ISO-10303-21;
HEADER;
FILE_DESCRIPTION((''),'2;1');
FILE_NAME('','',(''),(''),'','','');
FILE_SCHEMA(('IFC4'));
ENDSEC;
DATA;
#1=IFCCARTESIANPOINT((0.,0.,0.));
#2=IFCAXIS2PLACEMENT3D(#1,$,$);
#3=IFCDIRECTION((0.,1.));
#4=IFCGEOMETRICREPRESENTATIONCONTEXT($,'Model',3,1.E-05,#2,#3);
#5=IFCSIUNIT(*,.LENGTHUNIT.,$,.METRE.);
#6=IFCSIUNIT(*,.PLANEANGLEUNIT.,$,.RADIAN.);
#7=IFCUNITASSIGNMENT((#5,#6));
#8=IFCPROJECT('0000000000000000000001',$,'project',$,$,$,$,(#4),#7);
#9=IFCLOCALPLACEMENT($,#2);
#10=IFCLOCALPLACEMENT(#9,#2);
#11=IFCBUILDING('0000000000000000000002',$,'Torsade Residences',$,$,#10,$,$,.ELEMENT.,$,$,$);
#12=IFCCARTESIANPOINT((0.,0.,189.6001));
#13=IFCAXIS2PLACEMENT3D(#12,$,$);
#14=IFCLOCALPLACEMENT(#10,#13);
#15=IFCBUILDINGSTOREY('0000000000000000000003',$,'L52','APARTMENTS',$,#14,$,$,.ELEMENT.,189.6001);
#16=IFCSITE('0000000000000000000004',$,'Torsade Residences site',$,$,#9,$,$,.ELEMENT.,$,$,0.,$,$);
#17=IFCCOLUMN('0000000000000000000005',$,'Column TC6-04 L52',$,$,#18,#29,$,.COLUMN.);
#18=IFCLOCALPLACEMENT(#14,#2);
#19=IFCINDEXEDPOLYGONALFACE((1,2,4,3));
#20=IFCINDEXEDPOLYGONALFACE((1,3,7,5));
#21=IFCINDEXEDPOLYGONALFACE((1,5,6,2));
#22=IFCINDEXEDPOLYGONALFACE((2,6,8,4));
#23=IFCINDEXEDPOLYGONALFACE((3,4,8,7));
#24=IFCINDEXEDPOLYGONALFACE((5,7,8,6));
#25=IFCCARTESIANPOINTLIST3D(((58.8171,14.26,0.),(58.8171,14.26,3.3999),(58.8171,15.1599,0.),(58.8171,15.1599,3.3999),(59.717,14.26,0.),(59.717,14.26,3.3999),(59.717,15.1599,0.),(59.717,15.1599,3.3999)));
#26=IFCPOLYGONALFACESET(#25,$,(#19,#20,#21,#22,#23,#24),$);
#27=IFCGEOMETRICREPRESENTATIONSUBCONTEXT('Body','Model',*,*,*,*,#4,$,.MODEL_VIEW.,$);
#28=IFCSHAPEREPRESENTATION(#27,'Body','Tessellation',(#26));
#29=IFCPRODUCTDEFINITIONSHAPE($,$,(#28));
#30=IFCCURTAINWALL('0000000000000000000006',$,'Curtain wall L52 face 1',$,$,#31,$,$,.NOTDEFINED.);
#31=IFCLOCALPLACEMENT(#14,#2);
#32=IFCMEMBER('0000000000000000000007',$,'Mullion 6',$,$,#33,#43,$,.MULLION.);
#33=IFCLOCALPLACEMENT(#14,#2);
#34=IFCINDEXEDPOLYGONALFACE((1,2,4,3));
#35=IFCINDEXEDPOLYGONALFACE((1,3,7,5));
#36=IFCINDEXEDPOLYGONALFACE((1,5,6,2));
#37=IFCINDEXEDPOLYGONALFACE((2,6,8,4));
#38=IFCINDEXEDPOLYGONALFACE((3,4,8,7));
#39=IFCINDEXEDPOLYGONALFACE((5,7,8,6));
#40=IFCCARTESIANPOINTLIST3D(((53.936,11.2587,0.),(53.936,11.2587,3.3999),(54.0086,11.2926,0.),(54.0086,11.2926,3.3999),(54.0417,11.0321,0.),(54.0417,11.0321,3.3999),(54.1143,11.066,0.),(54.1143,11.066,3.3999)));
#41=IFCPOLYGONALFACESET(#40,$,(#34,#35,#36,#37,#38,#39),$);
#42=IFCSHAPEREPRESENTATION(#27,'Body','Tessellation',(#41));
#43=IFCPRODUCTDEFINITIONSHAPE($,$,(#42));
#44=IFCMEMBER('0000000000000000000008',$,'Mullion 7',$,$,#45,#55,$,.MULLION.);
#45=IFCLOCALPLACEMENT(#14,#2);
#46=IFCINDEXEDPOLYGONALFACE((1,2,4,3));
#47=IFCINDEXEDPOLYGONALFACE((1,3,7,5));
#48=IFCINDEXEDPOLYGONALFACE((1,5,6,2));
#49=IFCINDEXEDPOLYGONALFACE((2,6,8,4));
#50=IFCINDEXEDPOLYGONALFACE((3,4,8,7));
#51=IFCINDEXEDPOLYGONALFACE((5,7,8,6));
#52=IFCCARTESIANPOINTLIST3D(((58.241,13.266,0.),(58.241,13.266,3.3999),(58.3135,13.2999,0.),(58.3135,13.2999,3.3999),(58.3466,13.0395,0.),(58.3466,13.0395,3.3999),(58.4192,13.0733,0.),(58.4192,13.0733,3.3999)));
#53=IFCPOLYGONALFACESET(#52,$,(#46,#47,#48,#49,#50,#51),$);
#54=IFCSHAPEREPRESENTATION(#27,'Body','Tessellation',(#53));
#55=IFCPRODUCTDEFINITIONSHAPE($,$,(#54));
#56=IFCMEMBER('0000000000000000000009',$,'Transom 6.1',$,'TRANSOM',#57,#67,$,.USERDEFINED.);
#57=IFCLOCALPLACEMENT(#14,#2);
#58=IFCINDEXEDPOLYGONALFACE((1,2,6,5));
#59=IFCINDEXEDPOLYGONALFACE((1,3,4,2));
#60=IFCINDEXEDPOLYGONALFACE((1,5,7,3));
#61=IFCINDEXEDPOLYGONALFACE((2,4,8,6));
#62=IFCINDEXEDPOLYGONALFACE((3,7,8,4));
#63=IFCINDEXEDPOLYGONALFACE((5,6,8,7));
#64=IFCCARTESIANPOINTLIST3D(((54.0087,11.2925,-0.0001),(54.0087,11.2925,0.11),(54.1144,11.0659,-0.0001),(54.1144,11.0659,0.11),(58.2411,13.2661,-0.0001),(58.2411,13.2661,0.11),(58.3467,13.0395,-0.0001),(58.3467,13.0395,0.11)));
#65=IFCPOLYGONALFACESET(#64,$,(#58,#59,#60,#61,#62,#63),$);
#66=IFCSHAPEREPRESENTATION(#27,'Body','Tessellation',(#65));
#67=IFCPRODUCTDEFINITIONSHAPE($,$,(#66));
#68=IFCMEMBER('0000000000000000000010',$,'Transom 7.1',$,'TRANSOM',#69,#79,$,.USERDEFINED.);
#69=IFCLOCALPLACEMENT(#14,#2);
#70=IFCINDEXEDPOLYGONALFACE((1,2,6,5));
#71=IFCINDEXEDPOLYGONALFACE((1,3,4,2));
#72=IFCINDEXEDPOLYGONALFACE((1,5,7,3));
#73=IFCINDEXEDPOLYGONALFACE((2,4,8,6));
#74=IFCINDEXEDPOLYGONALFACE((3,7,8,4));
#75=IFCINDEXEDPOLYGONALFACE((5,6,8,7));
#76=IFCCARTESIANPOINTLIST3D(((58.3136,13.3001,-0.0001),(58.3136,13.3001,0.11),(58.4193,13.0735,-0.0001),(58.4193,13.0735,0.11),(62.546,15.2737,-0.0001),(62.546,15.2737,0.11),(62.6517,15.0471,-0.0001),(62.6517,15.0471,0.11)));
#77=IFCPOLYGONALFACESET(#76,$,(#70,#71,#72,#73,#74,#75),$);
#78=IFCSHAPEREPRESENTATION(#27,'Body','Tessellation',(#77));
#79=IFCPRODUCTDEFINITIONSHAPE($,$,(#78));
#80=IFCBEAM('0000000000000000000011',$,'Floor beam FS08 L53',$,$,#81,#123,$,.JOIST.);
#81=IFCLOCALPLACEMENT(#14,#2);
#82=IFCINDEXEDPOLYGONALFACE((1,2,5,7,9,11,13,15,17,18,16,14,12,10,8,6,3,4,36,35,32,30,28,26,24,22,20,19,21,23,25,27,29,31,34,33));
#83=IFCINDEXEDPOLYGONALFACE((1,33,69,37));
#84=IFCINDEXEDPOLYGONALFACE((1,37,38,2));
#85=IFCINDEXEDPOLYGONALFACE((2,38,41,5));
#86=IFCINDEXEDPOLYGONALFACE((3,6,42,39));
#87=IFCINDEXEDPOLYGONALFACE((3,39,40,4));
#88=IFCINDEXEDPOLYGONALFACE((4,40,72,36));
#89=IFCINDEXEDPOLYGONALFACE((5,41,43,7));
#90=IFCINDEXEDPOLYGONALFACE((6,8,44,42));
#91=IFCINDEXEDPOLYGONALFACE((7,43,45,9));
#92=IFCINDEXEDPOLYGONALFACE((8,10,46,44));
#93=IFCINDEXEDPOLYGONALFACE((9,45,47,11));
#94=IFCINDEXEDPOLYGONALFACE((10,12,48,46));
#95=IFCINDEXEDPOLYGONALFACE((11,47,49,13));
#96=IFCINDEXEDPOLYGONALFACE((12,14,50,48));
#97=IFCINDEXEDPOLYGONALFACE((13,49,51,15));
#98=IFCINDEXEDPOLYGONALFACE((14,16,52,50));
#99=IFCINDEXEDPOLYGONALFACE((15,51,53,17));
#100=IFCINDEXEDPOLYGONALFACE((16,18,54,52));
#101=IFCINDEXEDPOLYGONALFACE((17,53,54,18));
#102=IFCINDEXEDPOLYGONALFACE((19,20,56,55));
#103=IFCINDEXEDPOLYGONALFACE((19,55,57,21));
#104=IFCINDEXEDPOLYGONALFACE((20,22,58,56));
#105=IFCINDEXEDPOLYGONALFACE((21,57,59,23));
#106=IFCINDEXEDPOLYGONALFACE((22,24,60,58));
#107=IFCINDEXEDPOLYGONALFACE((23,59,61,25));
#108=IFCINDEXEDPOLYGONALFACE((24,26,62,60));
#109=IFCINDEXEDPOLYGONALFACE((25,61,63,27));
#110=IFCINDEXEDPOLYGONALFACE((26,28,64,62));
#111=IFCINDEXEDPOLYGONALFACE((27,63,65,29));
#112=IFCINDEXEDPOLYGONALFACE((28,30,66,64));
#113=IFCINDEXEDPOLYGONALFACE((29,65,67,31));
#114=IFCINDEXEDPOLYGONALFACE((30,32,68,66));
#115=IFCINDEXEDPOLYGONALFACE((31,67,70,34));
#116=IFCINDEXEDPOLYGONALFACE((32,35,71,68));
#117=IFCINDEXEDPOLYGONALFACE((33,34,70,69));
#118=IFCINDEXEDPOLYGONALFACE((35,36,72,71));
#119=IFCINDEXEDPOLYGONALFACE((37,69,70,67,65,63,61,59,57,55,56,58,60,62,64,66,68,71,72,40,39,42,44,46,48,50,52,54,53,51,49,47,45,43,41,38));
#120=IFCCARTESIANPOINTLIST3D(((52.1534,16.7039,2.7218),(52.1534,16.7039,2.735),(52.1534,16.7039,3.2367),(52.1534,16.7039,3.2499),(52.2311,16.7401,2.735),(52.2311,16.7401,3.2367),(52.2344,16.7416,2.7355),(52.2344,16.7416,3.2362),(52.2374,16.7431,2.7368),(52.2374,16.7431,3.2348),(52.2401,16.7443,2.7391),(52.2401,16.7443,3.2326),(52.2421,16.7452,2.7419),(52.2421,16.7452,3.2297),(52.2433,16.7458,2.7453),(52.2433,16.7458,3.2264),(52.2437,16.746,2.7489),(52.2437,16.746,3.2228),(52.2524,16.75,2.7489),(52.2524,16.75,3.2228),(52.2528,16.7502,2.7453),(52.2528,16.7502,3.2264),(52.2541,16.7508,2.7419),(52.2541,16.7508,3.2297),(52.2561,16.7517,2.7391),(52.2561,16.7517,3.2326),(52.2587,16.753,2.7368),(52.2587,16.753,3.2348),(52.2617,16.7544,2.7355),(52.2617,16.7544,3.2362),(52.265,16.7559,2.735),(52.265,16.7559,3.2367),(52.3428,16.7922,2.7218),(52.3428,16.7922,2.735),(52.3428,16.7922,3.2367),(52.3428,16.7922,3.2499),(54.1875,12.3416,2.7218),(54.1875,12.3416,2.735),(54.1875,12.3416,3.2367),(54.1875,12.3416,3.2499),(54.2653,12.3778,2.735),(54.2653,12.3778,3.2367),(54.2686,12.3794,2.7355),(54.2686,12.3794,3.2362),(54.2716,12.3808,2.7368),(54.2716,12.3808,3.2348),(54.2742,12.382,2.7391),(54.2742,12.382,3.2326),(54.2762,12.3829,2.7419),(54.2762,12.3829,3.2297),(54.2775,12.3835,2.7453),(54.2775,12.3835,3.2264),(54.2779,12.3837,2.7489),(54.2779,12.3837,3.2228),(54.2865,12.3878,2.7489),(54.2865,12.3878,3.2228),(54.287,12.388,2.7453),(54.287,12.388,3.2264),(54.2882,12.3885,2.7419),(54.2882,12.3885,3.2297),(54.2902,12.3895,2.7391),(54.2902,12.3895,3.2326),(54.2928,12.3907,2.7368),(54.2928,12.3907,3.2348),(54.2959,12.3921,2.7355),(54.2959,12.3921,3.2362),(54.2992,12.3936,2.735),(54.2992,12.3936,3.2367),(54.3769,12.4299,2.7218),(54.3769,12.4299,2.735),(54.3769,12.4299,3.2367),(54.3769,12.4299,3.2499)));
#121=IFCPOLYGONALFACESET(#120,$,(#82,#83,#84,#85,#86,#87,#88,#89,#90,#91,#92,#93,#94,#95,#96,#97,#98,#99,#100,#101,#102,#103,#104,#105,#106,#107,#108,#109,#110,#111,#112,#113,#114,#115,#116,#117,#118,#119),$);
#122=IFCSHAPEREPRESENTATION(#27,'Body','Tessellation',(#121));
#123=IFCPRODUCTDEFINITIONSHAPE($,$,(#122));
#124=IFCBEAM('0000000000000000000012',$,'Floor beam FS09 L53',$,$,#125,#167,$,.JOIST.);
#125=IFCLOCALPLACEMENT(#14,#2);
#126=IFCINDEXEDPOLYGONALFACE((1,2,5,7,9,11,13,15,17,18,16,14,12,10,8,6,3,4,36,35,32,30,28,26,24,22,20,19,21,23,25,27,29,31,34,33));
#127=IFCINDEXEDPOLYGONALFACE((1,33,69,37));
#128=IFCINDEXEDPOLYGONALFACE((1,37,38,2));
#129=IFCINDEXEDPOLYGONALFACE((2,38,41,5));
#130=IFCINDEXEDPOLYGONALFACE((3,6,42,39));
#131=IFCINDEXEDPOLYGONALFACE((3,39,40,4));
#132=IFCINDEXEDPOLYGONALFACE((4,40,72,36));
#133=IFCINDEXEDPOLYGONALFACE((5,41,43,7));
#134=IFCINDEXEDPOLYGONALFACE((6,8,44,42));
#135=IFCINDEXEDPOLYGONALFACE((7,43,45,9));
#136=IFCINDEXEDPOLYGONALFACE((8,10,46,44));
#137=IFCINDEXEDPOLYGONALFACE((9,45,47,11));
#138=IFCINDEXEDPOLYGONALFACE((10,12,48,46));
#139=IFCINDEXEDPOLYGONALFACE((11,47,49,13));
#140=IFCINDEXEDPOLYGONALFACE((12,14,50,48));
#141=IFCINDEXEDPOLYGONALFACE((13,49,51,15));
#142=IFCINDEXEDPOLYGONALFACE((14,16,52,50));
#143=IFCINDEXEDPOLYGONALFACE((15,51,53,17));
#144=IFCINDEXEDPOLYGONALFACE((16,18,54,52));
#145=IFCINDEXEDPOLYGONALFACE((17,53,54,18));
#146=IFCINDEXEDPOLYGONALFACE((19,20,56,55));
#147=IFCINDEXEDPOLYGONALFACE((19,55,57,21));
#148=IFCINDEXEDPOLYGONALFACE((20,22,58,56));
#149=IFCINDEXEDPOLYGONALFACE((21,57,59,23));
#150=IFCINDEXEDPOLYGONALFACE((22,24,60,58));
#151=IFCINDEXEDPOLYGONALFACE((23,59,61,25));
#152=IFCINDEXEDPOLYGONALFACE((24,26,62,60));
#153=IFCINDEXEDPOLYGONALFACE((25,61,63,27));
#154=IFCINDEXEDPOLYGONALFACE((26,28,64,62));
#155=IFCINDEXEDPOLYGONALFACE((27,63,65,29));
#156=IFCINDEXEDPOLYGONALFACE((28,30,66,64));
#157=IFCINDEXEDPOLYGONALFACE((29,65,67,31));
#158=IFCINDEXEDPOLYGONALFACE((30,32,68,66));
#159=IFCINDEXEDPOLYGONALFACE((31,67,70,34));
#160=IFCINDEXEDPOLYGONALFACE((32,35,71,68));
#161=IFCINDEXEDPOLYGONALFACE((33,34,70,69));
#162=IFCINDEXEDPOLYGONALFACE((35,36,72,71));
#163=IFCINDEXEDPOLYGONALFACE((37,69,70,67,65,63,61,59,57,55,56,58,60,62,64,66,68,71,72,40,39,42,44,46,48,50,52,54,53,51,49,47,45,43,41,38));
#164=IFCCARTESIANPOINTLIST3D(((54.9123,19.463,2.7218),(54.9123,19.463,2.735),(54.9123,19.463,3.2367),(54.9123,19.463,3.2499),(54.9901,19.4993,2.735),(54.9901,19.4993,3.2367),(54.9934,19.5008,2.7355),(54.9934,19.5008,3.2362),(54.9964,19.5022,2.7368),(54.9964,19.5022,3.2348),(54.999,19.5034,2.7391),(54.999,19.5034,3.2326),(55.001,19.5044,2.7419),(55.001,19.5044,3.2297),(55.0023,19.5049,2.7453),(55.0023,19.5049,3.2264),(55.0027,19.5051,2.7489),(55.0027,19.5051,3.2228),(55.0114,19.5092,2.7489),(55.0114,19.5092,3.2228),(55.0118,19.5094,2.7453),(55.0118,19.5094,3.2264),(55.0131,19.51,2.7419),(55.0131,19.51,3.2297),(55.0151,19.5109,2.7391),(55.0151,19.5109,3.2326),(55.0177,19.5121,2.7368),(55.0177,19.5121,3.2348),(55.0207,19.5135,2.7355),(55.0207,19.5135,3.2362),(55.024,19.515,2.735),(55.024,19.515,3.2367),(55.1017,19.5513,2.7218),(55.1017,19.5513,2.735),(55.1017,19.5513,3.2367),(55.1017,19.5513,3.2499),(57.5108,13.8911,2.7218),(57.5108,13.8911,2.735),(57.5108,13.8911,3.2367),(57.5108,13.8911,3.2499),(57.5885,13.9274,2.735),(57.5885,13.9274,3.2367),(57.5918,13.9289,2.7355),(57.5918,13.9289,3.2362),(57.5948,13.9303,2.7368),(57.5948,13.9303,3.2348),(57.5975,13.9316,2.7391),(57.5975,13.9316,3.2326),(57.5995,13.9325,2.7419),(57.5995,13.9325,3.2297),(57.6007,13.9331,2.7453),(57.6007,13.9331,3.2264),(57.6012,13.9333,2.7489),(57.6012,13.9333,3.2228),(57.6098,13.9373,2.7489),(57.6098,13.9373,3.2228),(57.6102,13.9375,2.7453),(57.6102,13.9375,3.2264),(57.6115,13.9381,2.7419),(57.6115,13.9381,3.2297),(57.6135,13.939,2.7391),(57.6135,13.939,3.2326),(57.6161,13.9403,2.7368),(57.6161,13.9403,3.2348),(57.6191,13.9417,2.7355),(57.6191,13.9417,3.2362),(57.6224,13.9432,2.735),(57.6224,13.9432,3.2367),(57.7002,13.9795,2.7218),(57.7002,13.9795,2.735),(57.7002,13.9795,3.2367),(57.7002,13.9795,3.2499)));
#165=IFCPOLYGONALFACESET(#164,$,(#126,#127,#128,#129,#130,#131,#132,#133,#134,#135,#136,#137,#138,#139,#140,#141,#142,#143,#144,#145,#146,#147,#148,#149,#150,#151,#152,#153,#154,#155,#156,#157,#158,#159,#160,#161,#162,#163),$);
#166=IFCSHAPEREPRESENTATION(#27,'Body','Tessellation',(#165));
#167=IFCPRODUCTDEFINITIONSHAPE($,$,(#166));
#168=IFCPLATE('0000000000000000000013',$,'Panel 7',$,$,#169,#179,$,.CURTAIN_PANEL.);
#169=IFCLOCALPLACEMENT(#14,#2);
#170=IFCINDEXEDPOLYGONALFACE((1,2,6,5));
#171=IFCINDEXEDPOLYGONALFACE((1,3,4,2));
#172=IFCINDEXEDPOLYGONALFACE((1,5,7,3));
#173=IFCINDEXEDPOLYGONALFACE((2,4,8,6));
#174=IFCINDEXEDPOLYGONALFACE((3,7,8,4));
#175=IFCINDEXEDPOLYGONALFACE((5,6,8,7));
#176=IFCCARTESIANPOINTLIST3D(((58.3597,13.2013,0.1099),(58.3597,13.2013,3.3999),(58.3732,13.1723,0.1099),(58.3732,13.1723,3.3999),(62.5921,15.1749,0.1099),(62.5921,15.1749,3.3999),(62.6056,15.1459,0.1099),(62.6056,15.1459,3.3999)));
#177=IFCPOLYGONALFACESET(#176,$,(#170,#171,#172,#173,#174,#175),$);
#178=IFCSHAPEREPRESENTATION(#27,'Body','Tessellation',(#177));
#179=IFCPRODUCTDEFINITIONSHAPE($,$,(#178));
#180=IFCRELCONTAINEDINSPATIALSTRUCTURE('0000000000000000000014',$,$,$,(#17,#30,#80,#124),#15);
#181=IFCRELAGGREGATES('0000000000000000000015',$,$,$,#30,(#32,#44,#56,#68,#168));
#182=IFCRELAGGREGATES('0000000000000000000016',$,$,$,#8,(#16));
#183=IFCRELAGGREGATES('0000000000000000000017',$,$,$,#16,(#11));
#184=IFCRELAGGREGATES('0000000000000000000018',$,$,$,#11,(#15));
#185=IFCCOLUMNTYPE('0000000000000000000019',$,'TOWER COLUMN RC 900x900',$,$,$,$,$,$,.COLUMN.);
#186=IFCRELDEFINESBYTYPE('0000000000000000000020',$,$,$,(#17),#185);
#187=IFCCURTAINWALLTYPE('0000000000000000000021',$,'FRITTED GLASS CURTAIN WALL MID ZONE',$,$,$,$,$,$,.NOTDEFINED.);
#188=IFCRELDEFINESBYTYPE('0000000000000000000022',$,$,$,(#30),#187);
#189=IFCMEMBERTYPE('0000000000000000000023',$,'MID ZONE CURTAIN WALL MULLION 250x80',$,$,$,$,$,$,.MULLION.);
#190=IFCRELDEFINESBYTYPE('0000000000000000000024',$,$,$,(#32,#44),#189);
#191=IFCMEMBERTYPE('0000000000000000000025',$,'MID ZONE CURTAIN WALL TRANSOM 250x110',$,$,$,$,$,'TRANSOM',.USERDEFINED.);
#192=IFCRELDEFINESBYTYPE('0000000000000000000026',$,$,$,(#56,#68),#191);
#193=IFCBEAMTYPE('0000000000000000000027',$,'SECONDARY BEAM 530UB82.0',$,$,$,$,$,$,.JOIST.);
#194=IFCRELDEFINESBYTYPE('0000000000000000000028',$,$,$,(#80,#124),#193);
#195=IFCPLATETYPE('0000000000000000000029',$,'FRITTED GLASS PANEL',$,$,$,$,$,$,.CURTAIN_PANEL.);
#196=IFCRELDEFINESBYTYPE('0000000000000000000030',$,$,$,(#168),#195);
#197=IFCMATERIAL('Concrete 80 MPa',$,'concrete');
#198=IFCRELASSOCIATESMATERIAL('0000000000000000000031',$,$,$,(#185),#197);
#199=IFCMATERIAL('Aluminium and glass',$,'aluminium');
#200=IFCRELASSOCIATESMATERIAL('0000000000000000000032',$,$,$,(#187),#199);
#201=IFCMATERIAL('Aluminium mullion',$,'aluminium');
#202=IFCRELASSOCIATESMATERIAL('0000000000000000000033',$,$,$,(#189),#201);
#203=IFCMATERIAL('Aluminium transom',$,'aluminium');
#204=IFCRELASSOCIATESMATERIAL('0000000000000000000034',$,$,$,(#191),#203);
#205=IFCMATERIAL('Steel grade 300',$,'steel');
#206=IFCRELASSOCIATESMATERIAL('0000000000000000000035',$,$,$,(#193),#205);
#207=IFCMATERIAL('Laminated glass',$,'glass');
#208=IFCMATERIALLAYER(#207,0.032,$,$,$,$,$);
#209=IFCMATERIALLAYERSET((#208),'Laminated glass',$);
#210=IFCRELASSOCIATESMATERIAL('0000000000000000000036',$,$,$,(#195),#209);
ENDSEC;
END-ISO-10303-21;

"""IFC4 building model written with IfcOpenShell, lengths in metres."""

from ifc_helpers import new_model, si_unit, direction, frame, origin, origin_2d, place, context, subcontext, project, spatial, rectangle, i_section, extrude, material, layer, layer_set, material_profile, profile_set, type_object, element, aggregate, save


model = new_model("IFC4")

# Units and contexts
model_context = context("Model", 3, precision=1e-05, world=origin(), true_north=direction((0.0, 1.0)))
body_context = subcontext(model_context, "Body", "Model", "MODEL_VIEW")
ifc_project = project(units=[si_unit("LENGTHUNIT", "METRE"), si_unit("PLANEANGLEUNIT", "RADIAN")], contexts=[model_context])

# Site, building, storey
site_placement = place(None, origin())
site = spatial("IfcSite", under=ifc_project, at=site_placement, Name="Torsade Residences site", CompositionType="ELEMENT", RefElevation=0.0)
building_placement = place(site_placement, origin())
building = spatial("IfcBuilding", under=site, at=building_placement, Name="Torsade Residences", CompositionType="ELEMENT")
storey_placement = place(building_placement, frame((0.0, 0.0, 189.6001)))
storey = spatial("IfcBuildingStorey", under=building, at=storey_placement, Name="L52", Description="APARTMENTS", CompositionType="ELEMENT", Elevation=189.6001)

# Column
ifc_material_1 = material(Name="Concrete 80 MPa", Category="concrete")
ifc_material_profile_1 = material_profile(ifc_material_1, rectangle(XDim=0.8999, YDim=0.8999, at=origin_2d()), Name="RC 900x900")
ifc_profile_set_1 = profile_set([ifc_material_profile_1], Name="Concrete 80 MPa")
column_type = type_object("IfcColumnType", Name="TOWER COLUMN RC 900x900", PredefinedType="COLUMN", material=ifc_profile_set_1)
column_placement = place(storey_placement, frame((59.2671, 14.71, 0.0), z_axis=(0.0, 0.0, 1.0), x_axis=(1.0, 0.0, 0.0)))
element("IfcColumn", 1, at=column_placement, inside=storey, type_object=column_type, Name="Column TC6-04 L52", PredefinedType="COLUMN", context=body_context, shape_type="SweptSolid", body=[
    extrude(rectangle(XDim=0.8999, YDim=0.8999, at=origin_2d()), origin(), (0.0, 0.0, 1.0), 3.3999),
])

# Curtain wall, members
ifc_material_2 = material(Name="Aluminium and glass", Category="aluminium")
curtain_wall_type = type_object("IfcCurtainWallType", Name="FRITTED GLASS CURTAIN WALL MID ZONE", PredefinedType="NOTDEFINED", material=ifc_material_2)
curtain_wall_placement = place(storey_placement, origin())
curtain_wall = element("IfcCurtainWall", 2, at=curtain_wall_placement, inside=storey, type_object=curtain_wall_type, Name="Curtain wall L52 face 1", PredefinedType="NOTDEFINED")
ifc_material_3 = material(Name="Aluminium mullion", Category="aluminium")
ifc_material_profile_2 = material_profile(ifc_material_3, rectangle(XDim=0.25, YDim=0.0801, at=origin_2d()), Name="MID ZONE CURTAIN WALL MULLION 250x80")
ifc_profile_set_2 = profile_set([ifc_material_profile_2], Name="Aluminium mullion")
member_type_1 = type_object("IfcMemberType", Name="MID ZONE CURTAIN WALL MULLION 250x80", PredefinedType="MULLION", material=ifc_profile_set_2)
member_1_placement = place(storey_placement, frame((54.0251, 11.1624, 0.0), z_axis=(0.0, 0.0, 1.0), x_axis=(-0.422618, 0.906308, 0.0)))
member_1 = element("IfcMember", 3, at=member_1_placement, type_object=member_type_1, Name="Mullion 6", PredefinedType="MULLION", context=body_context, shape_type="SweptSolid", body=[
    extrude(rectangle(XDim=0.25, YDim=0.0801, at=origin_2d()), origin(), (0.0, 0.0, 1.0), 3.3999),
])
member_2_placement = place(storey_placement, frame((58.3301, 13.1697, 0.0), z_axis=(0.0, 0.0, 1.0), x_axis=(-0.422618, 0.906308, 0.0)))
member_2 = element("IfcMember", 4, at=member_2_placement, type_object=member_type_1, Name="Mullion 7", PredefinedType="MULLION", context=body_context, shape_type="SweptSolid", body=[
    extrude(rectangle(XDim=0.25, YDim=0.0801, at=origin_2d()), origin(), (0.0, 0.0, 1.0), 3.3999),
])
ifc_material_4 = material(Name="Aluminium transom", Category="aluminium")
ifc_material_profile_3 = material_profile(ifc_material_4, rectangle(XDim=0.25, YDim=0.1101, at=origin_2d()), Name="MID ZONE CURTAIN WALL TRANSOM 250x110")
ifc_profile_set_3 = profile_set([ifc_material_profile_3], Name="Aluminium transom")
member_type_2 = type_object("IfcMemberType", Name="MID ZONE CURTAIN WALL TRANSOM 250x110", ElementType="TRANSOM", PredefinedType="USERDEFINED", material=ifc_profile_set_3)
member_3_placement = place(storey_placement, frame((54.0615, 11.1792, 0.0549), z_axis=(0.906306, 0.422622, 0.0), x_axis=(-0.422622, 0.906306, 0.0)))
member_3 = element("IfcMember", 5, at=member_3_placement, type_object=member_type_2, Name="Transom 6.1", ObjectType="TRANSOM", PredefinedType="USERDEFINED", context=body_context, shape_type="SweptSolid", body=[
    extrude(rectangle(XDim=0.25, YDim=0.1101, at=origin_2d()), origin(), (0.0, 0.0, 1.0), 4.6699),
])
member_4_placement = place(storey_placement, frame((58.3665, 13.1868, 0.0549), z_axis=(0.906306, 0.422622, 0.0), x_axis=(-0.422622, 0.906306, 0.0)))
member_4 = element("IfcMember", 6, at=member_4_placement, type_object=member_type_2, Name="Transom 7.1", ObjectType="TRANSOM", PredefinedType="USERDEFINED", context=body_context, shape_type="SweptSolid", body=[
    extrude(rectangle(XDim=0.25, YDim=0.1101, at=origin_2d()), origin(), (0.0, 0.0, 1.0), 4.6699),
])

# Beams
ifc_material_5 = material(Name="Steel grade 300", Category="steel")
ifc_material_profile_4 = material_profile(ifc_material_5, i_section(OverallWidth=0.209, OverallDepth=0.5281, WebThickness=0.0095, FlangeThickness=0.0132, FilletRadius=0.0139, at=origin_2d()), Name="530UB82.0")
ifc_profile_set_4 = profile_set([ifc_material_profile_4], Name="Steel grade 300")
beam_type = type_object("IfcBeamType", Name="SECONDARY BEAM 530UB82.0", PredefinedType="JOIST", material=ifc_profile_set_4)
beam_1_placement = place(storey_placement, frame((54.2822, 12.3857, 2.9858), z_axis=(-0.422619, 0.906308, 0.0), x_axis=(-0.906308, -0.422619, 0.0)))
element("IfcBeam", 7, at=beam_1_placement, inside=storey, type_object=beam_type, Name="Floor beam FS08 L53", PredefinedType="JOIST", context=body_context, shape_type="SweptSolid", body=[
    extrude(i_section(OverallWidth=0.209, OverallDepth=0.5281, WebThickness=0.0095, FlangeThickness=0.0132, FilletRadius=0.0139, at=origin_2d()), origin(), (0.0, 0.0, 1.0), 4.8132),
])
beam_2_placement = place(storey_placement, frame((57.6055, 13.9353, 2.9858), z_axis=(-0.422648, 0.906294, 0.0), x_axis=(-0.906294, -0.422648, 0.0)))
element("IfcBeam", 8, at=beam_2_placement, inside=storey, type_object=beam_type, Name="Floor beam FS09 L53", PredefinedType="JOIST", context=body_context, shape_type="SweptSolid", body=[
    extrude(i_section(OverallWidth=0.209, OverallDepth=0.5281, WebThickness=0.0095, FlangeThickness=0.0132, FilletRadius=0.0139, at=origin_2d()), origin(), (0.0, 0.0, 1.0), 6.1479),
])

# Plate
ifc_material_6 = material(Name="Laminated glass", Category="glass")
ifc_layer_1 = layer(ifc_material_6, 0.032)
ifc_layer_set_1 = layer_set([ifc_layer_1], Name="Laminated glass")
plate_type_1 = type_object("IfcPlateType", Name="FRITTED GLASS PANEL", PredefinedType="CURTAIN_PANEL", material=ifc_layer_set_1)
plate_1_placement = place(storey_placement, frame((60.4827, 14.1736, 0.1099), z_axis=(0.0, 0.0, 1.0), x_axis=(0.906308, 0.422618, 0.0)))
plate_1 = element("IfcPlate", 9, at=plate_1_placement, type_object=plate_type_1, Name="Panel 7", PredefinedType="CURTAIN_PANEL", context=body_context, shape_type="SweptSolid", body=[
    extrude(rectangle(XDim=4.6699, YDim=0.032, at=origin_2d()), origin(), (0.0, 0.0, 1.0), 3.29),
])
aggregate(curtain_wall, [member_1, member_2, member_3, member_4, plate_1])

save(model, "model.ifc")
